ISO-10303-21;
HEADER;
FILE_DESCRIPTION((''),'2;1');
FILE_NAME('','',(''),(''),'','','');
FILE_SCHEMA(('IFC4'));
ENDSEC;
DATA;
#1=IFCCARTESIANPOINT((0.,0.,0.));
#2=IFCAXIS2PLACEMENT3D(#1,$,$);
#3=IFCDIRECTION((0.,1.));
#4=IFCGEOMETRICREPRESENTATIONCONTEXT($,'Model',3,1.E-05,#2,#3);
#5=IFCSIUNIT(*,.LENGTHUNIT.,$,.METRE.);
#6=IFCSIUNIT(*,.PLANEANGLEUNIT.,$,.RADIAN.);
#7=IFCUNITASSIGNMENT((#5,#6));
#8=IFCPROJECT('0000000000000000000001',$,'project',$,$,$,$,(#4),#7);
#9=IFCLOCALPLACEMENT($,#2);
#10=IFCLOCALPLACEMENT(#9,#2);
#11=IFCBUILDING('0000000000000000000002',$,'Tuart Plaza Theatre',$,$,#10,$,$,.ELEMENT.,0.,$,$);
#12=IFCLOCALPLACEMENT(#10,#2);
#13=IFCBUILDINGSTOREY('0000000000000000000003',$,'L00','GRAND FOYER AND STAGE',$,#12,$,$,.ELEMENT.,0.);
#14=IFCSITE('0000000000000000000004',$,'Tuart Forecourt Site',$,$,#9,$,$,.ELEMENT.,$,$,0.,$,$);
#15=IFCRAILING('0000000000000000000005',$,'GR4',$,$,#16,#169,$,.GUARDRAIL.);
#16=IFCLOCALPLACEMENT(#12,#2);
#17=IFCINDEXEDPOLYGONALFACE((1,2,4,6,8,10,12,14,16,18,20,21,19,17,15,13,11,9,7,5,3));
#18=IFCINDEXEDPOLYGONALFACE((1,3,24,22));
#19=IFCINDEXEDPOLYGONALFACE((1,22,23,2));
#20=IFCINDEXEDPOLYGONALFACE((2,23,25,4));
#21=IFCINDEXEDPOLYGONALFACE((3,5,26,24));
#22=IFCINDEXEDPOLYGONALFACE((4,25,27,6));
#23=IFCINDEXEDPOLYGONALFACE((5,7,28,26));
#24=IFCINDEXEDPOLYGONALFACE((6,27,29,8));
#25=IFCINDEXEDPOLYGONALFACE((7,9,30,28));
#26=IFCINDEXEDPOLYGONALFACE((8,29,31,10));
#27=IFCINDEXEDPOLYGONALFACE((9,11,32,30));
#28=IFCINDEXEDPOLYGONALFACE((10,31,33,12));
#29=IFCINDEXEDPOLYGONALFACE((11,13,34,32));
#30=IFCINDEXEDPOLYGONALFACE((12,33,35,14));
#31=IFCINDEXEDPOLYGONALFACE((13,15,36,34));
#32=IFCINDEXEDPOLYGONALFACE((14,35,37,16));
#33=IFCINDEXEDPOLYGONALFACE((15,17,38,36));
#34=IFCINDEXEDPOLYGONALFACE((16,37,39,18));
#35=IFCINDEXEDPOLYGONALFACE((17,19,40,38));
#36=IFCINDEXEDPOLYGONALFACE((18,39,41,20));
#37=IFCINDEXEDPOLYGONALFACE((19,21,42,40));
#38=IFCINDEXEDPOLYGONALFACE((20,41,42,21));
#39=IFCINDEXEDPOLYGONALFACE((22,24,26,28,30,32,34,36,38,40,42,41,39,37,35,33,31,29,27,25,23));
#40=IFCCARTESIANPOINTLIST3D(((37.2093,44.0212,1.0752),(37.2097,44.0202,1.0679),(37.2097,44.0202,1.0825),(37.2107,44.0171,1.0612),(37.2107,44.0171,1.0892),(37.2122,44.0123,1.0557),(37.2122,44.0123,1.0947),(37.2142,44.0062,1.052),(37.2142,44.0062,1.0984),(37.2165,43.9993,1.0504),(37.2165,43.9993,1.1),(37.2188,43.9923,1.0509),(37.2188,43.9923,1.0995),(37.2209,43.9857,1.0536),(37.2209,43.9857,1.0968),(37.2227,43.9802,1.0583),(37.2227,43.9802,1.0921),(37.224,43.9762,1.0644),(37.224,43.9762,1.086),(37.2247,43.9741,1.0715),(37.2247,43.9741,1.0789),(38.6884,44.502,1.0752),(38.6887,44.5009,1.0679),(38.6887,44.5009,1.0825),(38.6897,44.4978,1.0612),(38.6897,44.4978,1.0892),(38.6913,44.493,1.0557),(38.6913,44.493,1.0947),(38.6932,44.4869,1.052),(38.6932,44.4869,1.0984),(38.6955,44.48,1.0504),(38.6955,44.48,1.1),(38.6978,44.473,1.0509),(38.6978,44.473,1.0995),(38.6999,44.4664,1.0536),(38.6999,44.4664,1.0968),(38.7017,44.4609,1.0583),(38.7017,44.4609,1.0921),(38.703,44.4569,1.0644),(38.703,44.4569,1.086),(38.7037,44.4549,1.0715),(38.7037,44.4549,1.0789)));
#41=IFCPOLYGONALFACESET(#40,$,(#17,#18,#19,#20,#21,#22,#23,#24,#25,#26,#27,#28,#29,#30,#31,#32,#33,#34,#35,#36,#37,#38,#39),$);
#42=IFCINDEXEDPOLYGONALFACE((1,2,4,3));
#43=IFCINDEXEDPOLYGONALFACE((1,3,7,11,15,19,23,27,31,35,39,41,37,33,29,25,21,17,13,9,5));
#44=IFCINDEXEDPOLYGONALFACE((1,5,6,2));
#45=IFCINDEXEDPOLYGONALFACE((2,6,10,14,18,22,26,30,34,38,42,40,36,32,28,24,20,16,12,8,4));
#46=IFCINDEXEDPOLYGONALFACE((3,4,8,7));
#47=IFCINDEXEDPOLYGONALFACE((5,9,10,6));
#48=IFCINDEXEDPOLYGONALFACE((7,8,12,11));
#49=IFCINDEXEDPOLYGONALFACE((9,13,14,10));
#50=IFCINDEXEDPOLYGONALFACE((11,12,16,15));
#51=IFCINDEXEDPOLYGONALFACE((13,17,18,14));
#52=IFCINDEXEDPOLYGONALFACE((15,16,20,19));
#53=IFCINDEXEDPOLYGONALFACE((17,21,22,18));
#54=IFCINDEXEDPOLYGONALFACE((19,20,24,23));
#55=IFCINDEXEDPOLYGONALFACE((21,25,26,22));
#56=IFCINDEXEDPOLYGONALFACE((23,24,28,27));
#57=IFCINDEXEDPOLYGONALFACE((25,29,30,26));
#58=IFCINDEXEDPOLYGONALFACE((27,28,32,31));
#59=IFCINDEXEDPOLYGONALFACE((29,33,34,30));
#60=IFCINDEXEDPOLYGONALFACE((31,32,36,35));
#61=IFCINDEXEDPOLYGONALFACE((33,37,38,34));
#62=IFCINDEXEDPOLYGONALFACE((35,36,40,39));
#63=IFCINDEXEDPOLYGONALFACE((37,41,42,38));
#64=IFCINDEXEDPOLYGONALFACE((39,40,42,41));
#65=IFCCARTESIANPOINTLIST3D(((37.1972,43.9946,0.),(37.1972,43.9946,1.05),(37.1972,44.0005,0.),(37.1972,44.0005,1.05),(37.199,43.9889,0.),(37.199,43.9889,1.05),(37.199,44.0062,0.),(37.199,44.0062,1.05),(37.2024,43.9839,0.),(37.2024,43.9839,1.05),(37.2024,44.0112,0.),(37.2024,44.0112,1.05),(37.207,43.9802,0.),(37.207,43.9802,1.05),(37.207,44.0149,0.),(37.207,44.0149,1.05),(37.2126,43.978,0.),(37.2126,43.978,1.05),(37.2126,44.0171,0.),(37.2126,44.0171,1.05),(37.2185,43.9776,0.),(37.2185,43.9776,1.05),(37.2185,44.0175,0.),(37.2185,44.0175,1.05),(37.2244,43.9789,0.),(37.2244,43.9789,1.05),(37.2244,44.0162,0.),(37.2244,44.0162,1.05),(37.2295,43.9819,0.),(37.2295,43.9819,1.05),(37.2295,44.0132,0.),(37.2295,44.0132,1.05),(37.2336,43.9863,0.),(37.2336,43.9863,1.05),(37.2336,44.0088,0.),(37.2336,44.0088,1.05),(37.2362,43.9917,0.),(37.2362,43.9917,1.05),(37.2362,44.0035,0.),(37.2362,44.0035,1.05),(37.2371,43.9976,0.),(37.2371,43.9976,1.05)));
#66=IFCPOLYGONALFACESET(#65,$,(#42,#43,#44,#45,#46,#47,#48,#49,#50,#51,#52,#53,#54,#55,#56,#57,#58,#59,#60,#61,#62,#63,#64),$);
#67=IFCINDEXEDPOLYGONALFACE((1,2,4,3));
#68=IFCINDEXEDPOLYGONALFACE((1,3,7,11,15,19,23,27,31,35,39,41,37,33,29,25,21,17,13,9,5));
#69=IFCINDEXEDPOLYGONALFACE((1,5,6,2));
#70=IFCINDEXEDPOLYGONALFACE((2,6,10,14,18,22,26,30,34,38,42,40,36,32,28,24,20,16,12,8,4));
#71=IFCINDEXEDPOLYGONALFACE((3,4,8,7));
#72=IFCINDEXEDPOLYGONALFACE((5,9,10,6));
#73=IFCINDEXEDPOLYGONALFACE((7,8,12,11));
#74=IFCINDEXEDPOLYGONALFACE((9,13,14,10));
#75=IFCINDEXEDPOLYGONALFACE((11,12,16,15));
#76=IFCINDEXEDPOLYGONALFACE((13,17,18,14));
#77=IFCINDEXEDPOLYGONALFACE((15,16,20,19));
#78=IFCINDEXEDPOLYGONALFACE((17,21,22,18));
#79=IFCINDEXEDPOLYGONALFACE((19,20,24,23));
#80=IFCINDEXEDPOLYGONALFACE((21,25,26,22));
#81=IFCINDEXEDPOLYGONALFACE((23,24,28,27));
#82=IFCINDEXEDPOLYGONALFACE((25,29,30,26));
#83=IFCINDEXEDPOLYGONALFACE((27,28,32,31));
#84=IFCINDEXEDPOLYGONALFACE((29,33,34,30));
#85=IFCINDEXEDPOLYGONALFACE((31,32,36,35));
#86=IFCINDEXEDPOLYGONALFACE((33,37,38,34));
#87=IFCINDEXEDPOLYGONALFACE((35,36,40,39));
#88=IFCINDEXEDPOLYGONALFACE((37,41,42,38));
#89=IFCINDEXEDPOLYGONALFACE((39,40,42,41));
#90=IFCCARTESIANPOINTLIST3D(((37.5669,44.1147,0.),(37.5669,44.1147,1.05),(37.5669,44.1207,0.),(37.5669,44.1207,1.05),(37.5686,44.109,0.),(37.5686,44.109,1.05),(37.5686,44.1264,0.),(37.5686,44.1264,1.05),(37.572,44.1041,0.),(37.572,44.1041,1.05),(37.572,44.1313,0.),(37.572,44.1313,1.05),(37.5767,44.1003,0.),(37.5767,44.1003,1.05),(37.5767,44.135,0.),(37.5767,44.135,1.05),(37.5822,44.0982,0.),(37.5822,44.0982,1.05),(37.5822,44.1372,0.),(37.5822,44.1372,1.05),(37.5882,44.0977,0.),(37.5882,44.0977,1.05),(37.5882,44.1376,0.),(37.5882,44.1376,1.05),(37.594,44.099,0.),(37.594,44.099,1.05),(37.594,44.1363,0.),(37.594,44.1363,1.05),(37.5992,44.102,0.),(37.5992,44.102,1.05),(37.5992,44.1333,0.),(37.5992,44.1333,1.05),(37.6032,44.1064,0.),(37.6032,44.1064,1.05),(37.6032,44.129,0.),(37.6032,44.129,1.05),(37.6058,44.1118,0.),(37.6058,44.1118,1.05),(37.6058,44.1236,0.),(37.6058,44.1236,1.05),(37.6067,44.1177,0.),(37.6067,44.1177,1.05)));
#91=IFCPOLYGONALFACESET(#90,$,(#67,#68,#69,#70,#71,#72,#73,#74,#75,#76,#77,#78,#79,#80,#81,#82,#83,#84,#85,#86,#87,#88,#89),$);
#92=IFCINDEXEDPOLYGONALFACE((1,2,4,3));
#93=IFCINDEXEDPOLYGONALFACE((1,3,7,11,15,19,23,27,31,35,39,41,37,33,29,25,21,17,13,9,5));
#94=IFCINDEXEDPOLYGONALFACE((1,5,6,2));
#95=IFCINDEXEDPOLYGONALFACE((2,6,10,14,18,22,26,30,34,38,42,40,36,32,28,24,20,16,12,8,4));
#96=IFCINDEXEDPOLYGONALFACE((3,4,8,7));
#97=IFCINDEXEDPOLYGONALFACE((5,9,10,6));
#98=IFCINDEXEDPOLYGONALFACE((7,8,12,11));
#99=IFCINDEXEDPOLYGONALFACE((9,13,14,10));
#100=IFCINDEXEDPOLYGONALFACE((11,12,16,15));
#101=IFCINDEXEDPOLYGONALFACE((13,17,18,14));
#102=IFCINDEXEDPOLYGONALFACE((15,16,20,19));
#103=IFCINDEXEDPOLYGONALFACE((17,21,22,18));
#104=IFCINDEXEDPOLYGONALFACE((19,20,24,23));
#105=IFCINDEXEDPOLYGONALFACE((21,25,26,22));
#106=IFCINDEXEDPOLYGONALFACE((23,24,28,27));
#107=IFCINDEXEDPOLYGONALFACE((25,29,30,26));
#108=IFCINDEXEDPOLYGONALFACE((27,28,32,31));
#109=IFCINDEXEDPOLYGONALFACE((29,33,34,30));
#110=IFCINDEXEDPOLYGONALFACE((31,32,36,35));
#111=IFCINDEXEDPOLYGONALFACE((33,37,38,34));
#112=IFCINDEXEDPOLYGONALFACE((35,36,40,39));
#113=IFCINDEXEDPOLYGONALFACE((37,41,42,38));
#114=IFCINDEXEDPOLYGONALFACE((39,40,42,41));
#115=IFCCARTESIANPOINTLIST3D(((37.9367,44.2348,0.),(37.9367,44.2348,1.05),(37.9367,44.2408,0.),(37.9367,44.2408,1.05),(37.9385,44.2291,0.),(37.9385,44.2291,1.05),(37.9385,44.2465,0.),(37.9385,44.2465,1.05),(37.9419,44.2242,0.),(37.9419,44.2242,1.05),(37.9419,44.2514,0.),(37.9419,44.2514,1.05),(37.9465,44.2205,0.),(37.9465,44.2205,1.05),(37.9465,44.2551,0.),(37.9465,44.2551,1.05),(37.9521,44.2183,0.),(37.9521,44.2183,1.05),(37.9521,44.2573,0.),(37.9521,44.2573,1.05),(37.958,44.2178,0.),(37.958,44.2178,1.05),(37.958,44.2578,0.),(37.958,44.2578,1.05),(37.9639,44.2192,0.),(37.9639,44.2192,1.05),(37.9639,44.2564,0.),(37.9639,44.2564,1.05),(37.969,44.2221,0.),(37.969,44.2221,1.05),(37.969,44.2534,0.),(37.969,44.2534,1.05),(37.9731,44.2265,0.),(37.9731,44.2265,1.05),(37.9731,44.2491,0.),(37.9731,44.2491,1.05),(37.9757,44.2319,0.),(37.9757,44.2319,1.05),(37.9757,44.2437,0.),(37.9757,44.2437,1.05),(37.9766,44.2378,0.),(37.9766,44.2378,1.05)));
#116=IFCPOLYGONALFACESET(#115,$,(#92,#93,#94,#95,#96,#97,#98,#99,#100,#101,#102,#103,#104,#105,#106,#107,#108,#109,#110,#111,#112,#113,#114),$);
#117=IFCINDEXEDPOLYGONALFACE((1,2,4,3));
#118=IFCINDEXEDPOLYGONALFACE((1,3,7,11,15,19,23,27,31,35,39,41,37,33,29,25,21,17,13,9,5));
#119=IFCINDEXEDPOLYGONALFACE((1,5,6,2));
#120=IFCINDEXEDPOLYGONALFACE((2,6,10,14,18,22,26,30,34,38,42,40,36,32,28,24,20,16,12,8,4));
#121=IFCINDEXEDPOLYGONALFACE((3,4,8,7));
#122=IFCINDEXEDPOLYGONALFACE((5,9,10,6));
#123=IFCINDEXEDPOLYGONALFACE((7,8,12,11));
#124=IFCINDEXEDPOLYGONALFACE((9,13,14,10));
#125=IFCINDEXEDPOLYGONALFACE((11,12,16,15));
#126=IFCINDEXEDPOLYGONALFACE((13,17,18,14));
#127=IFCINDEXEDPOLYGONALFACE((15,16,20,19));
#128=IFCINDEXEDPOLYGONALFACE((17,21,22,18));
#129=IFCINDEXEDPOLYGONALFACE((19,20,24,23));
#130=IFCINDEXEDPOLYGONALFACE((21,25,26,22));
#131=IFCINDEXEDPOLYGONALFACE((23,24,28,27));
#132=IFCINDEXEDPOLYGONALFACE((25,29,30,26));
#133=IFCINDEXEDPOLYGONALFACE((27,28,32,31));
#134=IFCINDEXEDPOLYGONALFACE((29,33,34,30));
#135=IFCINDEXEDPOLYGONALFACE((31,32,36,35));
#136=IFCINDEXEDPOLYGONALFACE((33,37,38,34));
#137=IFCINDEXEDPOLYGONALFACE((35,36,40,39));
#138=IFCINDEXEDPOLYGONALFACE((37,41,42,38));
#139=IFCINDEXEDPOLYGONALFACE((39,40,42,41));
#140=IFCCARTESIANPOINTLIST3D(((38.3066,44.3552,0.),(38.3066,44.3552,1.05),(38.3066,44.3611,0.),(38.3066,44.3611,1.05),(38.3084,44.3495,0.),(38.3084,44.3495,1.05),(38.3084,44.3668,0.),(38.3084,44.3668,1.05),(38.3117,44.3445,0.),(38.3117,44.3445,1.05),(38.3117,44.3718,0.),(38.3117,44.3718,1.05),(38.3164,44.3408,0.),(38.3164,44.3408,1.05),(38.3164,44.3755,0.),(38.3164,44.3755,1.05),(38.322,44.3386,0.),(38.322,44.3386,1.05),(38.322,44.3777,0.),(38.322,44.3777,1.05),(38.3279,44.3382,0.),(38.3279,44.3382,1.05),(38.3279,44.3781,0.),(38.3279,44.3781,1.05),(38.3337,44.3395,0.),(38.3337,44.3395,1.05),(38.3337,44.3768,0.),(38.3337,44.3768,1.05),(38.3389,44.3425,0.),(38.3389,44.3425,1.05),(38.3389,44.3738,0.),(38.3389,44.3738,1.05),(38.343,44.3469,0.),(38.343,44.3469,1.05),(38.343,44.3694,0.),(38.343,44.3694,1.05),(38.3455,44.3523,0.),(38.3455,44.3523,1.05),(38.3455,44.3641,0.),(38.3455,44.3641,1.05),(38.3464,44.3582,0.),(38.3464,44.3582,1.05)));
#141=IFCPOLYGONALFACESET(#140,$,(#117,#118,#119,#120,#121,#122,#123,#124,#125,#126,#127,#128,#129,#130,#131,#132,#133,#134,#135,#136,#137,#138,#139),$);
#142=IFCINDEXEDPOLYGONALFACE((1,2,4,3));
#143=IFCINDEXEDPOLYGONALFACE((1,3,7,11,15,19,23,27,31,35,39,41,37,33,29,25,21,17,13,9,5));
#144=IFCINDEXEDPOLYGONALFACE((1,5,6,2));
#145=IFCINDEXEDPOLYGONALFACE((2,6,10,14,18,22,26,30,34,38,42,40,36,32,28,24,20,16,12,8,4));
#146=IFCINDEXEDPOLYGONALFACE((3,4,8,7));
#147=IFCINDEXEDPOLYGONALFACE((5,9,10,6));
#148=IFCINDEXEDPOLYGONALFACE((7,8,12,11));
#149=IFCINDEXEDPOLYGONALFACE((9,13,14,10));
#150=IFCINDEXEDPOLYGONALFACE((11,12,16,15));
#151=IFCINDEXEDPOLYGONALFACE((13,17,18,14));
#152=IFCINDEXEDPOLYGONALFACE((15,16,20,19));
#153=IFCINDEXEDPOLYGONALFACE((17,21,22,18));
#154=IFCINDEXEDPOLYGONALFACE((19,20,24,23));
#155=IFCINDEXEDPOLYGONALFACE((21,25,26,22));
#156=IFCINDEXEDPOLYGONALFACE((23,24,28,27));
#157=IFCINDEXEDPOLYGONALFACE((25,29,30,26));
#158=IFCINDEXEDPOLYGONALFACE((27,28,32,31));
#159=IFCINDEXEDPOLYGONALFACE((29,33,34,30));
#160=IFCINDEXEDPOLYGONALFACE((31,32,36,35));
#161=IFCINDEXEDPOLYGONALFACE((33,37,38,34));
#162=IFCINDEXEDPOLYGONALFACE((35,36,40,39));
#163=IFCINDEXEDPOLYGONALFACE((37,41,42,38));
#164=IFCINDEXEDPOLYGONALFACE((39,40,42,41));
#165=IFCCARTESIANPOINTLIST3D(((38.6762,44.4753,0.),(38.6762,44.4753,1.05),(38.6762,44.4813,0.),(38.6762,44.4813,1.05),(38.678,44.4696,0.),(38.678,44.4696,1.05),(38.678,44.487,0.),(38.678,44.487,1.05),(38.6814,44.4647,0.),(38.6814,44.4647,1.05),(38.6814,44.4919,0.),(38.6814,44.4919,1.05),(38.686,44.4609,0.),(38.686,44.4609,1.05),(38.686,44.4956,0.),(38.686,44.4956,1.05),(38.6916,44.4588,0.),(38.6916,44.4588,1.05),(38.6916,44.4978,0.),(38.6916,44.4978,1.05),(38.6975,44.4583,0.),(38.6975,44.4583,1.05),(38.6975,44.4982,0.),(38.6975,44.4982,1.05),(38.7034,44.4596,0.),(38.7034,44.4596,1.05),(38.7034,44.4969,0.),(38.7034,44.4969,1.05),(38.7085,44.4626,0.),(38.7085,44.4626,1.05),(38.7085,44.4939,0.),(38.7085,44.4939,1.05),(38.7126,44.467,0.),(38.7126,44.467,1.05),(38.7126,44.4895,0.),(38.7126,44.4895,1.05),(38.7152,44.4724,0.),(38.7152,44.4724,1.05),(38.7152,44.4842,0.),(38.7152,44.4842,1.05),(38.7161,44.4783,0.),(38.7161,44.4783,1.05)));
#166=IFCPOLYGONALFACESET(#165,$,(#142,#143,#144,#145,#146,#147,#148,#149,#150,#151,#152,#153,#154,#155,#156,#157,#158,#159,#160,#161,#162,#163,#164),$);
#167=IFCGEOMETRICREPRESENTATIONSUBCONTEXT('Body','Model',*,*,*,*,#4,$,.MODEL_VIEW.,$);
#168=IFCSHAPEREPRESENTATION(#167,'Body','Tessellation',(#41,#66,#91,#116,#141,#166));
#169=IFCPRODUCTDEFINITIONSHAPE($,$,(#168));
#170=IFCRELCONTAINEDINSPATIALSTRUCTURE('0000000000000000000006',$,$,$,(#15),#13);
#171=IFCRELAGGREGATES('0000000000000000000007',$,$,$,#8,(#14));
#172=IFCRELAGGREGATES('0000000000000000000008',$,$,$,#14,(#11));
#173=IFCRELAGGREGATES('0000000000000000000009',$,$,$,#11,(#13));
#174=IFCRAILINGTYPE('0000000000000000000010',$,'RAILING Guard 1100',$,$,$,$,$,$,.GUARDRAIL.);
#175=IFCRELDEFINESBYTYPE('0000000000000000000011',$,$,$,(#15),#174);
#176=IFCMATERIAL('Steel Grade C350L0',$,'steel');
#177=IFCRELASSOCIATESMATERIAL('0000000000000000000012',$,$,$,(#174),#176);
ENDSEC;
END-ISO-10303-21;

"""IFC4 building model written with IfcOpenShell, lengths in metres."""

from ifc_helpers import new_model, si_unit, direction, frame, origin, origin_2d, place, context, subcontext, project, spatial, circle, extrude, material, type_object, element, save


model = new_model("IFC4")

# Units and contexts
model_context = context("Model", 3, precision=1e-05, world=origin(), true_north=direction((0.0, 1.0)))
body_context = subcontext(model_context, "Body", "Model", "MODEL_VIEW")
ifc_project = project(units=[si_unit("LENGTHUNIT", "METRE"), si_unit("PLANEANGLEUNIT", "RADIAN")], contexts=[model_context])

# Site, building, storey
site_placement = place(None, origin())
site = spatial("IfcSite", under=ifc_project, at=site_placement, Name="Tuart Forecourt Site", CompositionType="ELEMENT", RefElevation=0.0)
building_placement = place(site_placement, origin())
building = spatial("IfcBuilding", under=site, at=building_placement, Name="Tuart Plaza Theatre", CompositionType="ELEMENT", ElevationOfRefHeight=0.0)
storey_placement = place(building_placement, origin())
storey = spatial("IfcBuildingStorey", under=building, at=storey_placement, Name="L00", Description="GRAND FOYER AND STAGE", CompositionType="ELEMENT", Elevation=0.0)

# Railing
ifc_material_1 = material(Name="Steel Grade C350L0", Category="steel")
railing_type_1 = type_object("IfcRailingType", Name="RAILING Guard 1100", PredefinedType="GUARDRAIL", material=ifc_material_1)
railing_1_placement = place(storey_placement, frame((37.217, 43.9976, 0.0)))
element("IfcRailing", 1, at=railing_1_placement, inside=storey, type_object=railing_type_1, Name="GR4", PredefinedType="GUARDRAIL", context=body_context, shape_type="SweptSolid", body=[
    extrude(circle(Radius=0.0249, at=origin_2d()), frame((0.0, 0.0, 1.0752), z_axis=(0.951027, 0.309107, 0.0), x_axis=(-0.309107, 0.951027, 0.0)), (0.0, 0.0, 1.0), 1.5552),
    extrude(circle(Radius=0.02, at=origin_2d()), origin(), (0.0, 0.0, 1.0), 1.05),
    extrude(circle(Radius=0.02, at=origin_2d()), frame((0.3696, 0.1201, 0.0)), (0.0, 0.0, 1.0), 1.05),
    extrude(circle(Radius=0.02, at=origin_2d()), frame((0.7395, 0.2402, 0.0)), (0.0, 0.0, 1.0), 1.05),
    extrude(circle(Radius=0.02, at=origin_2d()), frame((1.1094, 0.3606, 0.0)), (0.0, 0.0, 1.0), 1.05),
    extrude(circle(Radius=0.02, at=origin_2d()), frame((1.479, 0.4807, 0.0)), (0.0, 0.0, 1.0), 1.05),
])

save(model, "model.ifc")
